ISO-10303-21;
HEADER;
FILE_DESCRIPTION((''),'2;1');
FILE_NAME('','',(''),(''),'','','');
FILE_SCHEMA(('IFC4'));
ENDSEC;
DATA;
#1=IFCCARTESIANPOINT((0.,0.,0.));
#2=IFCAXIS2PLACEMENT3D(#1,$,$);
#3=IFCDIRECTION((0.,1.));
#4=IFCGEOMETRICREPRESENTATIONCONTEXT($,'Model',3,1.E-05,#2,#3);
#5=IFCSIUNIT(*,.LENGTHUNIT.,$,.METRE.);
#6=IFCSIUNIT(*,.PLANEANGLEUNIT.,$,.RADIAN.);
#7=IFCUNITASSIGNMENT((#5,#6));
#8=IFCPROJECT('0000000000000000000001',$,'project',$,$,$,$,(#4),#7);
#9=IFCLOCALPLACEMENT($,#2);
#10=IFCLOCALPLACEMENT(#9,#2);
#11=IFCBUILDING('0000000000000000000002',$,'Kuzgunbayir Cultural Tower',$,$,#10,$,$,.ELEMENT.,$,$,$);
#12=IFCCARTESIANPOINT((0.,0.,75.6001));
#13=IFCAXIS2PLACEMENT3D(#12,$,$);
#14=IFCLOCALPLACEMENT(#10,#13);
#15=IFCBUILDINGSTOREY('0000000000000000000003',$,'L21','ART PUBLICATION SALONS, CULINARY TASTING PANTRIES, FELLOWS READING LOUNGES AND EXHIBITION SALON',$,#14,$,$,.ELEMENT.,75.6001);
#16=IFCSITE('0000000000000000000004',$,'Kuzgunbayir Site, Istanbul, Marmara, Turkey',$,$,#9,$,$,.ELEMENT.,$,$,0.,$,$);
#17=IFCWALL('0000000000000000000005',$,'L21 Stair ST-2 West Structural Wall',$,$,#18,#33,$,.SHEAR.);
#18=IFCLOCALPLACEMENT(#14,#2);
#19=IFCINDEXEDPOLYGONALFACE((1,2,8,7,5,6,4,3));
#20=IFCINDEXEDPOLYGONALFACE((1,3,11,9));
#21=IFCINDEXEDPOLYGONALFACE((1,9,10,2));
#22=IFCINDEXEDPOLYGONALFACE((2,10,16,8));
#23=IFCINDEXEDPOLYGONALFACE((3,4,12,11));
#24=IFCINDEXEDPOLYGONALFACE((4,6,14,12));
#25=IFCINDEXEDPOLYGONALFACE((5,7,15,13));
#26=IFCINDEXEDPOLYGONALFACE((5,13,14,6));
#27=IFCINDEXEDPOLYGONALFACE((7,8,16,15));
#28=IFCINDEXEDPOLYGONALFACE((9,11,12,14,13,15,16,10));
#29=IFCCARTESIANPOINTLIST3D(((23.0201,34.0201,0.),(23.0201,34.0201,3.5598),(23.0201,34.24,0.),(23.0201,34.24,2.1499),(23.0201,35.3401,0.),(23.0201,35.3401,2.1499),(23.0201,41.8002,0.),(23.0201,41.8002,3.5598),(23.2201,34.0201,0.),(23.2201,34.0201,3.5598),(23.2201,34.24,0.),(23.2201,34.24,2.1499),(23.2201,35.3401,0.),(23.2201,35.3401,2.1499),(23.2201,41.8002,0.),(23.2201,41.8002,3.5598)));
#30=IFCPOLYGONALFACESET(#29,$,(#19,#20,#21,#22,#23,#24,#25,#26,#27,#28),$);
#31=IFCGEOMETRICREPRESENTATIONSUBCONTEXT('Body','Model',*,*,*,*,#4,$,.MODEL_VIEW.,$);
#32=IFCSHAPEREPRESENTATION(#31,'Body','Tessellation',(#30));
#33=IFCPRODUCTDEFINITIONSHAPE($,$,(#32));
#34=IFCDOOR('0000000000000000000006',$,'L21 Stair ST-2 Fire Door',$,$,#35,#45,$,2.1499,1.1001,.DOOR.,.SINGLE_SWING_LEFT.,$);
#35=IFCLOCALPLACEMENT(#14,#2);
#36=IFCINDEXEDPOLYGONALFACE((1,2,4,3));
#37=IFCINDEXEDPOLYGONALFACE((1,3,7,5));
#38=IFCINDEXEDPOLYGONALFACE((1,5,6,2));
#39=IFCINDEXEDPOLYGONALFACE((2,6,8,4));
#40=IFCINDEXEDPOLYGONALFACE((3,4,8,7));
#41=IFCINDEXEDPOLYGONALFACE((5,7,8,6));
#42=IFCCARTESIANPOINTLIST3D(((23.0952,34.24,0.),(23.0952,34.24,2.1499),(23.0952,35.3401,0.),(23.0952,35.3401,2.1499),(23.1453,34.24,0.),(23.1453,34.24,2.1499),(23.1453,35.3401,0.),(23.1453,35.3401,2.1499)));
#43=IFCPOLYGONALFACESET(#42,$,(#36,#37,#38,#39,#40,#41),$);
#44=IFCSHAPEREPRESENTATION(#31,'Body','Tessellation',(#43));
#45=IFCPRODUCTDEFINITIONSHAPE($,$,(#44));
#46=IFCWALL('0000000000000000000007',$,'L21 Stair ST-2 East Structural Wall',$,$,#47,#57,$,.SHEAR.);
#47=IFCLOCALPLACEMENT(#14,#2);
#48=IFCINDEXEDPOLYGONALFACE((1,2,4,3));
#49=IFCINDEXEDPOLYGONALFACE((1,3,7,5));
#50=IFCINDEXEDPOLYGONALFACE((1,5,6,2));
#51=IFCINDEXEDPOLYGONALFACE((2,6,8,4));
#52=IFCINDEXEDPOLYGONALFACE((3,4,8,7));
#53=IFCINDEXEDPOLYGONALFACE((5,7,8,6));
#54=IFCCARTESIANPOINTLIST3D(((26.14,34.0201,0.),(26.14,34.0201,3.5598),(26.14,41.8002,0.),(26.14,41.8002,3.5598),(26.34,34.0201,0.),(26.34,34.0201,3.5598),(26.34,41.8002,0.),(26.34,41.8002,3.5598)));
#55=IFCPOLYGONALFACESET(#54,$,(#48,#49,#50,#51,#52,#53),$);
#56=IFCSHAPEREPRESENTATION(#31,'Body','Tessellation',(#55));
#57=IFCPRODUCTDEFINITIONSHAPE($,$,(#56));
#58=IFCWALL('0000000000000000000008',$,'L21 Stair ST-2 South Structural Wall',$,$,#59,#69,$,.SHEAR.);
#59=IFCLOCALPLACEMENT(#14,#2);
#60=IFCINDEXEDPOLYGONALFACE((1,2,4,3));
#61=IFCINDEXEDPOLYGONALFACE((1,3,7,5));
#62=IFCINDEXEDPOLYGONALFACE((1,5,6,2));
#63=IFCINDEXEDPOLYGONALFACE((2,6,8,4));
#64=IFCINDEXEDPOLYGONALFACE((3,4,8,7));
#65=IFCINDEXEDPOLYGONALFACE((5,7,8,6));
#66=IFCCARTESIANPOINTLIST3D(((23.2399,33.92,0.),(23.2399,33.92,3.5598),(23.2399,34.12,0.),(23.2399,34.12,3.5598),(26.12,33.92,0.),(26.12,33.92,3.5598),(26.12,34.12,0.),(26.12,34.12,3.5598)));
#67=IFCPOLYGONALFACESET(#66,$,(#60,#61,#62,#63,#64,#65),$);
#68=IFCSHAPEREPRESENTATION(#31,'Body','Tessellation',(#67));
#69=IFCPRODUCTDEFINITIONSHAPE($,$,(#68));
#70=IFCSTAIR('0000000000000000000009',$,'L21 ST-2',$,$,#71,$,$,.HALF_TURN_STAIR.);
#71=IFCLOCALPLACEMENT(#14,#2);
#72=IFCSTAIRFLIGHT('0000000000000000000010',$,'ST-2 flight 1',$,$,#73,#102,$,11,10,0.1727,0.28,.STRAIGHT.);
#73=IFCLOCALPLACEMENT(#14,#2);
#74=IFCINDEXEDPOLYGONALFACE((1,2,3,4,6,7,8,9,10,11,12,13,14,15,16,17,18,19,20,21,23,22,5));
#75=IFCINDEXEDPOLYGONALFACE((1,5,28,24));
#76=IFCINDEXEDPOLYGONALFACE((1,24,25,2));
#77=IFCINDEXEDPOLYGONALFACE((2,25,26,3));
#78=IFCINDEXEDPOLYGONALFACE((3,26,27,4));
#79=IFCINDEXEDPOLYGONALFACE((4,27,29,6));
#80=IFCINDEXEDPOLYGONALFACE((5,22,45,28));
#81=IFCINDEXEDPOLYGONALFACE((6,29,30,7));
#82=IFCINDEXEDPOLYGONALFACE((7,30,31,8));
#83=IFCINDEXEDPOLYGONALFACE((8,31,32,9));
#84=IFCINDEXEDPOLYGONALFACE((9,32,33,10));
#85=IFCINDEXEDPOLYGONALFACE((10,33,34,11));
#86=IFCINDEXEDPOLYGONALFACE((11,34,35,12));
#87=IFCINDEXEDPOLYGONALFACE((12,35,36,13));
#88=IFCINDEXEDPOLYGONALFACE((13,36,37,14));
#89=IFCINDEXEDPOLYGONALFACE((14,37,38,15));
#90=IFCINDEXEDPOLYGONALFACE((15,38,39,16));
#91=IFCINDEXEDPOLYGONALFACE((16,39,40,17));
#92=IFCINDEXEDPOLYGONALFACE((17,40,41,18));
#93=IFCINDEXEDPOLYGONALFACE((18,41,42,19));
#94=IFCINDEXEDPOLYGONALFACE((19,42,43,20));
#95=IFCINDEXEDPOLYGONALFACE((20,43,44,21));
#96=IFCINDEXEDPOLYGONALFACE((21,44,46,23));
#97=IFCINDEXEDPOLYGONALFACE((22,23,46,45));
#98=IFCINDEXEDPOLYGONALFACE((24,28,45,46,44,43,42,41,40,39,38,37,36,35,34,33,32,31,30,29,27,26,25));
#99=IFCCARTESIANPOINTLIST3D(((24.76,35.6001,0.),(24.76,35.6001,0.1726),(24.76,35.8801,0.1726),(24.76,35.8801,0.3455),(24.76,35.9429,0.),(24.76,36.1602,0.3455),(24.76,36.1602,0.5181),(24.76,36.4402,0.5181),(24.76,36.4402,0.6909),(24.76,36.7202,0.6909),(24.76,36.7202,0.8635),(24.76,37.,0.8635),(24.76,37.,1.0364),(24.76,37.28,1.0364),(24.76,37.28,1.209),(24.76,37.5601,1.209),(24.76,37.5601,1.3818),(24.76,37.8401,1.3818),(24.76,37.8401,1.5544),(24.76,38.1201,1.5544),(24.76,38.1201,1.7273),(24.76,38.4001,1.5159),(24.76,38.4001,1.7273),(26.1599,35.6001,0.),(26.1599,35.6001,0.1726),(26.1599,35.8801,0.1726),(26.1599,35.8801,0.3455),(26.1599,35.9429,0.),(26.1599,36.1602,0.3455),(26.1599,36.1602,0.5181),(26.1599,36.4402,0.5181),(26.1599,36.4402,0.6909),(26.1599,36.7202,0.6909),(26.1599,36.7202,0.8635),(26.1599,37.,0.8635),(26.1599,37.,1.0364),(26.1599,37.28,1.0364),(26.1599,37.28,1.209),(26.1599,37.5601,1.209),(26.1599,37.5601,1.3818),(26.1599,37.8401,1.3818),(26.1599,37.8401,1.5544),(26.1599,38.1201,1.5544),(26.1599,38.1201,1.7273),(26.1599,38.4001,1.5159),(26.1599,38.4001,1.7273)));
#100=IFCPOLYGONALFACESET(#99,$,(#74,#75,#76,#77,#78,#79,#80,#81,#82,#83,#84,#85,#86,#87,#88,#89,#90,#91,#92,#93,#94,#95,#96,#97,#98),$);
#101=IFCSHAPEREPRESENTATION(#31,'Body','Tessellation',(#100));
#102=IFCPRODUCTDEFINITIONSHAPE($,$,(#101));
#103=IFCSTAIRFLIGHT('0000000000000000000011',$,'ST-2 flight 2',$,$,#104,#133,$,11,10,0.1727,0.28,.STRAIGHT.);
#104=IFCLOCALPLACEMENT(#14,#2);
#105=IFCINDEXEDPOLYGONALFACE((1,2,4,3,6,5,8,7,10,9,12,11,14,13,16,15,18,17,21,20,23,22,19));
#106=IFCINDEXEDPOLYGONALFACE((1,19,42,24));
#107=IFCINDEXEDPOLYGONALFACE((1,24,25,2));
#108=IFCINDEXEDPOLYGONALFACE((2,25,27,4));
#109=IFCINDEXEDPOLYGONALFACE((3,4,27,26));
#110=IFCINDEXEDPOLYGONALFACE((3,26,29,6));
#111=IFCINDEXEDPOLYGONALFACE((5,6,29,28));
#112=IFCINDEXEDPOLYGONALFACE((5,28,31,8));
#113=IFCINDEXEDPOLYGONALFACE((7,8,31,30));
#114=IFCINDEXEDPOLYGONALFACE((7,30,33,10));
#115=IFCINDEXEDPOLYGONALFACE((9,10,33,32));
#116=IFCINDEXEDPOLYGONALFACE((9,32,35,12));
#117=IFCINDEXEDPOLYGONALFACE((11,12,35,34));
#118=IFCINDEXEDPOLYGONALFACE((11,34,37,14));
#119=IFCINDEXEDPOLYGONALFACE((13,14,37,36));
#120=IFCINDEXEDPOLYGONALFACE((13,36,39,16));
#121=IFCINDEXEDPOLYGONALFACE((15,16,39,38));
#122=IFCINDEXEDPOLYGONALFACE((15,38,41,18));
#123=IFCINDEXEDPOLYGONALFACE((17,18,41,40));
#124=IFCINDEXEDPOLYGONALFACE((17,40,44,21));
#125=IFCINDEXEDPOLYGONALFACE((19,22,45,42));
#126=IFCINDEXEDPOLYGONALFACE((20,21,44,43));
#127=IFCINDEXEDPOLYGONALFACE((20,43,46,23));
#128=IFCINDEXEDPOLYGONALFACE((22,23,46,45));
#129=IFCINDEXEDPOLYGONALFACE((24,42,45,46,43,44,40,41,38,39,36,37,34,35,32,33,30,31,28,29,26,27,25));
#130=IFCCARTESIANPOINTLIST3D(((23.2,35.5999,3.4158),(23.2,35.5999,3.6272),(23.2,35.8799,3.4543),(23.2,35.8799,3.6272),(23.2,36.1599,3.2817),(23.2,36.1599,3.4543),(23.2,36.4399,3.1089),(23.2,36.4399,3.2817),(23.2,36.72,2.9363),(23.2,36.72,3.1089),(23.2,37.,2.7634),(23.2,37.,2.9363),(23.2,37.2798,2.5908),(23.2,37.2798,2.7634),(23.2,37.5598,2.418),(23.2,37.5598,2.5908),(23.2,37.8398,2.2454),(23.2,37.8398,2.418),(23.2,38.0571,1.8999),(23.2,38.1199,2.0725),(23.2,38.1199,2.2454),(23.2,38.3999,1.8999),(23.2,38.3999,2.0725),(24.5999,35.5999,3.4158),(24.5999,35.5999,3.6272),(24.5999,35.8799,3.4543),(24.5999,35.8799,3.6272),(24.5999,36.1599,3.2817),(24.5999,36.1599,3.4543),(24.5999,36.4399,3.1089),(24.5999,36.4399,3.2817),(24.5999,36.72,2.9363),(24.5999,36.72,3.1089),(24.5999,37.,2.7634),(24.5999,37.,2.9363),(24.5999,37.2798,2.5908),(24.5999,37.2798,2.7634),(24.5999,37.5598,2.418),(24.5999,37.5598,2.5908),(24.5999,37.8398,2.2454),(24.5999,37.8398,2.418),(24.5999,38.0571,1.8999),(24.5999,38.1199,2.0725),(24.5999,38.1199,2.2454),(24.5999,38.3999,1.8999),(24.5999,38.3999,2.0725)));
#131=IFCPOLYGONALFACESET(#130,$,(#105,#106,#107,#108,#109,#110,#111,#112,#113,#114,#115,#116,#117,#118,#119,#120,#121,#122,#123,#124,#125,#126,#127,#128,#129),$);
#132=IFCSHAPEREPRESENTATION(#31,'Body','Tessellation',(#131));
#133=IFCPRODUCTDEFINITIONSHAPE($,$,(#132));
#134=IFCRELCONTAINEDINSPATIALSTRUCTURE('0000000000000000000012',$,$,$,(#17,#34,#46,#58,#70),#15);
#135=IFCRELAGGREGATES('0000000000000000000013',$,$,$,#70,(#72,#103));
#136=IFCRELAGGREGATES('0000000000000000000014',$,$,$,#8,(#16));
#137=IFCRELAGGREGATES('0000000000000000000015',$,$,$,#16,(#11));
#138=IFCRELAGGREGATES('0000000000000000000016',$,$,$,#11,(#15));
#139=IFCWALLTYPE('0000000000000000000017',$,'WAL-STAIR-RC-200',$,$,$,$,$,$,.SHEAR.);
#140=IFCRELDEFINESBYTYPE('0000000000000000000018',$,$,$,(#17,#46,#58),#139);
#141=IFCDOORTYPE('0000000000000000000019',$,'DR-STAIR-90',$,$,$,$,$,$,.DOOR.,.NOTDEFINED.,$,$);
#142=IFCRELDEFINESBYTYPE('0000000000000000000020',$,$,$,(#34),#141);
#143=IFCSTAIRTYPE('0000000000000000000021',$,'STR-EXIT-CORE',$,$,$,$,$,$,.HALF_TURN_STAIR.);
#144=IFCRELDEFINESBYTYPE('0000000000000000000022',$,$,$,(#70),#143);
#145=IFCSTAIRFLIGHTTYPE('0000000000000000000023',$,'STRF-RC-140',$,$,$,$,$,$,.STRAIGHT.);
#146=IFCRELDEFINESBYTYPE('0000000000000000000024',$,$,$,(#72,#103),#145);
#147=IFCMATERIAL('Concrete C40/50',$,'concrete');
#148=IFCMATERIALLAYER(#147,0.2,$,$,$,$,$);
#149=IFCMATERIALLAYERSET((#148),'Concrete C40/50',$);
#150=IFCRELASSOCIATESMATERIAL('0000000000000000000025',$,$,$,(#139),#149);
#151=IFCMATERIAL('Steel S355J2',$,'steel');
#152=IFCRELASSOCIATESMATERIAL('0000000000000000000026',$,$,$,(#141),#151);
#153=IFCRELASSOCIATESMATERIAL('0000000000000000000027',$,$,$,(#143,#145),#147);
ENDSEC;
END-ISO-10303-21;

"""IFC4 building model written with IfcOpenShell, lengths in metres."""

from ifc_helpers import new_model, si_unit, direction, frame, frame_2d, origin, place, context, subcontext, project, spatial, polyline, rectangle, outline, extrude, material, layer, layer_set, type_object, element, fill, aggregate, save


model = new_model("IFC4")

# Units and contexts
model_context = context("Model", 3, precision=1e-05, world=origin(), true_north=direction((0.0, 1.0)))
body_context = subcontext(model_context, "Body", "Model", "MODEL_VIEW")
ifc_project = project(units=[si_unit("LENGTHUNIT", "METRE"), si_unit("PLANEANGLEUNIT", "RADIAN")], contexts=[model_context])

# Site, building, storey
site_placement = place(None, origin())
site = spatial("IfcSite", under=ifc_project, at=site_placement, Name="Kuzgunbayir Site, Istanbul, Marmara, Turkey", CompositionType="ELEMENT", RefElevation=0.0)
building_placement = place(site_placement, origin())
building = spatial("IfcBuilding", under=site, at=building_placement, Name="Kuzgunbayir Cultural Tower", CompositionType="ELEMENT")
storey_placement = place(building_placement, frame((0.0, 0.0, 75.6001)))
storey = spatial("IfcBuildingStorey", under=building, at=storey_placement, Name="L21", Description="ART PUBLICATION SALONS, CULINARY TASTING PANTRIES, FELLOWS READING LOUNGES AND EXHIBITION SALON", CompositionType="ELEMENT", Elevation=75.6001)

# Shared definitions
ifc_material_1 = material(Name="Steel S355J2", Category="steel")

# Shared definitions
ifc_material_2 = material(Name="Concrete C40/50", Category="concrete")

# Wall, opening, door
ifc_layer_1 = layer(ifc_material_2, 0.2)
ifc_layer_set_1 = layer_set([ifc_layer_1], Name="Concrete C40/50")
wall_type_1 = type_object("IfcWallType", Name="WAL-STAIR-RC-200", PredefinedType="SHEAR", material=ifc_layer_set_1)
wall_1_placement = place(storey_placement, frame((23.1201, 34.02, 0.0), z_axis=(0.0, 0.0, 1.0), x_axis=(0.0, 1.0, 0.0)))
wall_1 = element("IfcWall", 1, at=wall_1_placement, inside=storey, type_object=wall_type_1, Name="L21 Stair ST-2 West Structural Wall", PredefinedType="SHEAR", context=body_context, shape_type="SweptSolid", body=[
    extrude(rectangle(XDim=7.78, YDim=0.2, at=frame_2d((3.8901, 0.0))), origin(), (0.0, 0.0, 1.0), 3.5598),
])
opening_1_placement = place(wall_1_placement, frame((0.22, 0.0, 0.0)))
opening_1 = element("IfcOpeningElement", 2, at=opening_1_placement, cuts=wall_1, PredefinedType="OPENING", context=body_context, shape_type="SweptSolid", body=[
    extrude(rectangle(XDim=1.1001, YDim=2.1499, at=frame_2d((0.55, 1.075))), frame((0.0, 0.1099, 0.0), z_axis=(0.0, -1.0, 0.0), x_axis=(1.0, 0.0, 0.0)), (0.0, 0.0, 1.0), 0.22),
])
door_type_1 = type_object("IfcDoorType", Name="DR-STAIR-90", OperationType="NOTDEFINED", PredefinedType="DOOR", material=ifc_material_1)
door_1_placement = place(opening_1_placement, origin())
door_1 = element("IfcDoor", 3, at=door_1_placement, inside=storey, type_object=door_type_1, Name="L21 Stair ST-2 Fire Door", OperationType="SINGLE_SWING_LEFT", OverallHeight=2.1499, OverallWidth=1.1001, PredefinedType="DOOR", context=body_context, shape_type="SweptSolid", body=[
    extrude(rectangle(XDim=1.1001, YDim=2.1499, at=frame_2d((0.55, 1.075))), frame((0.0, 0.0249, 0.0), z_axis=(0.0, -1.0, 0.0), x_axis=(1.0, 0.0, 0.0)), (0.0, 0.0, 1.0), 0.05),
])
fill(opening_1, door_1)

# Walls
wall_2_placement = place(storey_placement, frame((26.24, 34.02, 0.0), z_axis=(0.0, 0.0, 1.0), x_axis=(0.0, 1.0, 0.0)))
element("IfcWall", 4, at=wall_2_placement, inside=storey, type_object=wall_type_1, Name="L21 Stair ST-2 East Structural Wall", PredefinedType="SHEAR", context=body_context, shape_type="SweptSolid", body=[
    extrude(rectangle(XDim=7.78, YDim=0.2, at=frame_2d((3.8901, 0.0))), origin(), (0.0, 0.0, 1.0), 3.5598),
])
wall_3_placement = place(storey_placement, frame((23.24, 34.02, 0.0), z_axis=(0.0, 0.0, 1.0), x_axis=(1.0, 0.0, 0.0)))
element("IfcWall", 5, at=wall_3_placement, inside=storey, type_object=wall_type_1, Name="L21 Stair ST-2 South Structural Wall", PredefinedType="SHEAR", context=body_context, shape_type="SweptSolid", body=[
    extrude(rectangle(XDim=2.8801, YDim=0.2, at=frame_2d((1.4399, 0.0))), origin(), (0.0, 0.0, 1.0), 3.5598),
])

# Stair, stair flights
stair_type = type_object("IfcStairType", Name="STR-EXIT-CORE", PredefinedType="HALF_TURN_STAIR", material=ifc_material_2)
stair_placement = place(storey_placement, origin())
stair = element("IfcStair", 6, at=stair_placement, inside=storey, type_object=stair_type, Name="L21 ST-2", PredefinedType="HALF_TURN_STAIR")
stair_flight_type = type_object("IfcStairFlightType", Name="STRF-RC-140", PredefinedType="STRAIGHT", material=ifc_material_2)
stair_flight_1_placement = place(storey_placement, frame((25.46, 35.6001, 0.0), z_axis=(0.0, 0.0, 1.0), x_axis=(0.0, 1.0, 0.0)))
stair_flight_1 = element("IfcStairFlight", 7, at=stair_flight_1_placement, type_object=stair_flight_type, Name="ST-2 flight 1", NumberOfRisers=11, NumberOfTreads=10, PredefinedType="STRAIGHT", RiserHeight=0.1727, TreadLength=0.28, context=body_context, shape_type="SweptSolid", body=[
    extrude(outline(polyline([(0.0, 0.0), (0.0, 0.1726), (0.28, 0.1726), (0.28, 0.3455), (0.5601, 0.3455), (0.5601, 0.5181), (0.8401, 0.5181), (0.8401, 0.6909), (1.1201, 0.6909), (1.1201, 0.8635), (1.3999, 0.8635), (1.3999, 1.0364), (1.6799, 1.0364), (1.6799, 1.209), (1.96, 1.209), (1.96, 1.3818), (2.24, 1.3818), (2.24, 1.5544), (2.52, 1.5544), (2.52, 1.7273), (2.8, 1.7273), (2.8, 1.8999), (2.8, 1.5159), (0.3428, 0.0), (0.0, 0.0)])), frame((0.0, 0.7, 0.0), z_axis=(0.0, -1.0, 0.0), x_axis=(1.0, 0.0, 0.0)), (0.0, 0.0, 1.0), 1.3999),
])
stair_flight_2_placement = place(storey_placement, frame((23.8999, 38.3999, 1.8999), z_axis=(0.0, 0.0, 1.0), x_axis=(0.0, -1.0, 0.0)))
stair_flight_2 = element("IfcStairFlight", 8, at=stair_flight_2_placement, type_object=stair_flight_type, Name="ST-2 flight 2", NumberOfRisers=11, NumberOfTreads=10, PredefinedType="STRAIGHT", RiserHeight=0.1727, TreadLength=0.28, context=body_context, shape_type="SweptSolid", body=[
    extrude(outline(polyline([(0.0, 0.0), (0.0, 0.1726), (0.28, 0.1726), (0.28, 0.3455), (0.5601, 0.3455), (0.5601, 0.5181), (0.8401, 0.5181), (0.8401, 0.6909), (1.1201, 0.6909), (1.1201, 0.8635), (1.3999, 0.8635), (1.3999, 1.0364), (1.6799, 1.0364), (1.6799, 1.209), (1.96, 1.209), (1.96, 1.3818), (2.24, 1.3818), (2.24, 1.5544), (2.52, 1.5544), (2.52, 1.7273), (2.8, 1.7273), (2.8, 1.8999), (2.8, 1.5159), (0.3428, 0.0), (0.0, 0.0)])), frame((0.0, 0.7, 0.0), z_axis=(0.0, -1.0, 0.0), x_axis=(1.0, 0.0, 0.0)), (0.0, 0.0, 1.0), 1.3999),
])
aggregate(stair, [stair_flight_1, stair_flight_2])

save(model, "model.ifc")
